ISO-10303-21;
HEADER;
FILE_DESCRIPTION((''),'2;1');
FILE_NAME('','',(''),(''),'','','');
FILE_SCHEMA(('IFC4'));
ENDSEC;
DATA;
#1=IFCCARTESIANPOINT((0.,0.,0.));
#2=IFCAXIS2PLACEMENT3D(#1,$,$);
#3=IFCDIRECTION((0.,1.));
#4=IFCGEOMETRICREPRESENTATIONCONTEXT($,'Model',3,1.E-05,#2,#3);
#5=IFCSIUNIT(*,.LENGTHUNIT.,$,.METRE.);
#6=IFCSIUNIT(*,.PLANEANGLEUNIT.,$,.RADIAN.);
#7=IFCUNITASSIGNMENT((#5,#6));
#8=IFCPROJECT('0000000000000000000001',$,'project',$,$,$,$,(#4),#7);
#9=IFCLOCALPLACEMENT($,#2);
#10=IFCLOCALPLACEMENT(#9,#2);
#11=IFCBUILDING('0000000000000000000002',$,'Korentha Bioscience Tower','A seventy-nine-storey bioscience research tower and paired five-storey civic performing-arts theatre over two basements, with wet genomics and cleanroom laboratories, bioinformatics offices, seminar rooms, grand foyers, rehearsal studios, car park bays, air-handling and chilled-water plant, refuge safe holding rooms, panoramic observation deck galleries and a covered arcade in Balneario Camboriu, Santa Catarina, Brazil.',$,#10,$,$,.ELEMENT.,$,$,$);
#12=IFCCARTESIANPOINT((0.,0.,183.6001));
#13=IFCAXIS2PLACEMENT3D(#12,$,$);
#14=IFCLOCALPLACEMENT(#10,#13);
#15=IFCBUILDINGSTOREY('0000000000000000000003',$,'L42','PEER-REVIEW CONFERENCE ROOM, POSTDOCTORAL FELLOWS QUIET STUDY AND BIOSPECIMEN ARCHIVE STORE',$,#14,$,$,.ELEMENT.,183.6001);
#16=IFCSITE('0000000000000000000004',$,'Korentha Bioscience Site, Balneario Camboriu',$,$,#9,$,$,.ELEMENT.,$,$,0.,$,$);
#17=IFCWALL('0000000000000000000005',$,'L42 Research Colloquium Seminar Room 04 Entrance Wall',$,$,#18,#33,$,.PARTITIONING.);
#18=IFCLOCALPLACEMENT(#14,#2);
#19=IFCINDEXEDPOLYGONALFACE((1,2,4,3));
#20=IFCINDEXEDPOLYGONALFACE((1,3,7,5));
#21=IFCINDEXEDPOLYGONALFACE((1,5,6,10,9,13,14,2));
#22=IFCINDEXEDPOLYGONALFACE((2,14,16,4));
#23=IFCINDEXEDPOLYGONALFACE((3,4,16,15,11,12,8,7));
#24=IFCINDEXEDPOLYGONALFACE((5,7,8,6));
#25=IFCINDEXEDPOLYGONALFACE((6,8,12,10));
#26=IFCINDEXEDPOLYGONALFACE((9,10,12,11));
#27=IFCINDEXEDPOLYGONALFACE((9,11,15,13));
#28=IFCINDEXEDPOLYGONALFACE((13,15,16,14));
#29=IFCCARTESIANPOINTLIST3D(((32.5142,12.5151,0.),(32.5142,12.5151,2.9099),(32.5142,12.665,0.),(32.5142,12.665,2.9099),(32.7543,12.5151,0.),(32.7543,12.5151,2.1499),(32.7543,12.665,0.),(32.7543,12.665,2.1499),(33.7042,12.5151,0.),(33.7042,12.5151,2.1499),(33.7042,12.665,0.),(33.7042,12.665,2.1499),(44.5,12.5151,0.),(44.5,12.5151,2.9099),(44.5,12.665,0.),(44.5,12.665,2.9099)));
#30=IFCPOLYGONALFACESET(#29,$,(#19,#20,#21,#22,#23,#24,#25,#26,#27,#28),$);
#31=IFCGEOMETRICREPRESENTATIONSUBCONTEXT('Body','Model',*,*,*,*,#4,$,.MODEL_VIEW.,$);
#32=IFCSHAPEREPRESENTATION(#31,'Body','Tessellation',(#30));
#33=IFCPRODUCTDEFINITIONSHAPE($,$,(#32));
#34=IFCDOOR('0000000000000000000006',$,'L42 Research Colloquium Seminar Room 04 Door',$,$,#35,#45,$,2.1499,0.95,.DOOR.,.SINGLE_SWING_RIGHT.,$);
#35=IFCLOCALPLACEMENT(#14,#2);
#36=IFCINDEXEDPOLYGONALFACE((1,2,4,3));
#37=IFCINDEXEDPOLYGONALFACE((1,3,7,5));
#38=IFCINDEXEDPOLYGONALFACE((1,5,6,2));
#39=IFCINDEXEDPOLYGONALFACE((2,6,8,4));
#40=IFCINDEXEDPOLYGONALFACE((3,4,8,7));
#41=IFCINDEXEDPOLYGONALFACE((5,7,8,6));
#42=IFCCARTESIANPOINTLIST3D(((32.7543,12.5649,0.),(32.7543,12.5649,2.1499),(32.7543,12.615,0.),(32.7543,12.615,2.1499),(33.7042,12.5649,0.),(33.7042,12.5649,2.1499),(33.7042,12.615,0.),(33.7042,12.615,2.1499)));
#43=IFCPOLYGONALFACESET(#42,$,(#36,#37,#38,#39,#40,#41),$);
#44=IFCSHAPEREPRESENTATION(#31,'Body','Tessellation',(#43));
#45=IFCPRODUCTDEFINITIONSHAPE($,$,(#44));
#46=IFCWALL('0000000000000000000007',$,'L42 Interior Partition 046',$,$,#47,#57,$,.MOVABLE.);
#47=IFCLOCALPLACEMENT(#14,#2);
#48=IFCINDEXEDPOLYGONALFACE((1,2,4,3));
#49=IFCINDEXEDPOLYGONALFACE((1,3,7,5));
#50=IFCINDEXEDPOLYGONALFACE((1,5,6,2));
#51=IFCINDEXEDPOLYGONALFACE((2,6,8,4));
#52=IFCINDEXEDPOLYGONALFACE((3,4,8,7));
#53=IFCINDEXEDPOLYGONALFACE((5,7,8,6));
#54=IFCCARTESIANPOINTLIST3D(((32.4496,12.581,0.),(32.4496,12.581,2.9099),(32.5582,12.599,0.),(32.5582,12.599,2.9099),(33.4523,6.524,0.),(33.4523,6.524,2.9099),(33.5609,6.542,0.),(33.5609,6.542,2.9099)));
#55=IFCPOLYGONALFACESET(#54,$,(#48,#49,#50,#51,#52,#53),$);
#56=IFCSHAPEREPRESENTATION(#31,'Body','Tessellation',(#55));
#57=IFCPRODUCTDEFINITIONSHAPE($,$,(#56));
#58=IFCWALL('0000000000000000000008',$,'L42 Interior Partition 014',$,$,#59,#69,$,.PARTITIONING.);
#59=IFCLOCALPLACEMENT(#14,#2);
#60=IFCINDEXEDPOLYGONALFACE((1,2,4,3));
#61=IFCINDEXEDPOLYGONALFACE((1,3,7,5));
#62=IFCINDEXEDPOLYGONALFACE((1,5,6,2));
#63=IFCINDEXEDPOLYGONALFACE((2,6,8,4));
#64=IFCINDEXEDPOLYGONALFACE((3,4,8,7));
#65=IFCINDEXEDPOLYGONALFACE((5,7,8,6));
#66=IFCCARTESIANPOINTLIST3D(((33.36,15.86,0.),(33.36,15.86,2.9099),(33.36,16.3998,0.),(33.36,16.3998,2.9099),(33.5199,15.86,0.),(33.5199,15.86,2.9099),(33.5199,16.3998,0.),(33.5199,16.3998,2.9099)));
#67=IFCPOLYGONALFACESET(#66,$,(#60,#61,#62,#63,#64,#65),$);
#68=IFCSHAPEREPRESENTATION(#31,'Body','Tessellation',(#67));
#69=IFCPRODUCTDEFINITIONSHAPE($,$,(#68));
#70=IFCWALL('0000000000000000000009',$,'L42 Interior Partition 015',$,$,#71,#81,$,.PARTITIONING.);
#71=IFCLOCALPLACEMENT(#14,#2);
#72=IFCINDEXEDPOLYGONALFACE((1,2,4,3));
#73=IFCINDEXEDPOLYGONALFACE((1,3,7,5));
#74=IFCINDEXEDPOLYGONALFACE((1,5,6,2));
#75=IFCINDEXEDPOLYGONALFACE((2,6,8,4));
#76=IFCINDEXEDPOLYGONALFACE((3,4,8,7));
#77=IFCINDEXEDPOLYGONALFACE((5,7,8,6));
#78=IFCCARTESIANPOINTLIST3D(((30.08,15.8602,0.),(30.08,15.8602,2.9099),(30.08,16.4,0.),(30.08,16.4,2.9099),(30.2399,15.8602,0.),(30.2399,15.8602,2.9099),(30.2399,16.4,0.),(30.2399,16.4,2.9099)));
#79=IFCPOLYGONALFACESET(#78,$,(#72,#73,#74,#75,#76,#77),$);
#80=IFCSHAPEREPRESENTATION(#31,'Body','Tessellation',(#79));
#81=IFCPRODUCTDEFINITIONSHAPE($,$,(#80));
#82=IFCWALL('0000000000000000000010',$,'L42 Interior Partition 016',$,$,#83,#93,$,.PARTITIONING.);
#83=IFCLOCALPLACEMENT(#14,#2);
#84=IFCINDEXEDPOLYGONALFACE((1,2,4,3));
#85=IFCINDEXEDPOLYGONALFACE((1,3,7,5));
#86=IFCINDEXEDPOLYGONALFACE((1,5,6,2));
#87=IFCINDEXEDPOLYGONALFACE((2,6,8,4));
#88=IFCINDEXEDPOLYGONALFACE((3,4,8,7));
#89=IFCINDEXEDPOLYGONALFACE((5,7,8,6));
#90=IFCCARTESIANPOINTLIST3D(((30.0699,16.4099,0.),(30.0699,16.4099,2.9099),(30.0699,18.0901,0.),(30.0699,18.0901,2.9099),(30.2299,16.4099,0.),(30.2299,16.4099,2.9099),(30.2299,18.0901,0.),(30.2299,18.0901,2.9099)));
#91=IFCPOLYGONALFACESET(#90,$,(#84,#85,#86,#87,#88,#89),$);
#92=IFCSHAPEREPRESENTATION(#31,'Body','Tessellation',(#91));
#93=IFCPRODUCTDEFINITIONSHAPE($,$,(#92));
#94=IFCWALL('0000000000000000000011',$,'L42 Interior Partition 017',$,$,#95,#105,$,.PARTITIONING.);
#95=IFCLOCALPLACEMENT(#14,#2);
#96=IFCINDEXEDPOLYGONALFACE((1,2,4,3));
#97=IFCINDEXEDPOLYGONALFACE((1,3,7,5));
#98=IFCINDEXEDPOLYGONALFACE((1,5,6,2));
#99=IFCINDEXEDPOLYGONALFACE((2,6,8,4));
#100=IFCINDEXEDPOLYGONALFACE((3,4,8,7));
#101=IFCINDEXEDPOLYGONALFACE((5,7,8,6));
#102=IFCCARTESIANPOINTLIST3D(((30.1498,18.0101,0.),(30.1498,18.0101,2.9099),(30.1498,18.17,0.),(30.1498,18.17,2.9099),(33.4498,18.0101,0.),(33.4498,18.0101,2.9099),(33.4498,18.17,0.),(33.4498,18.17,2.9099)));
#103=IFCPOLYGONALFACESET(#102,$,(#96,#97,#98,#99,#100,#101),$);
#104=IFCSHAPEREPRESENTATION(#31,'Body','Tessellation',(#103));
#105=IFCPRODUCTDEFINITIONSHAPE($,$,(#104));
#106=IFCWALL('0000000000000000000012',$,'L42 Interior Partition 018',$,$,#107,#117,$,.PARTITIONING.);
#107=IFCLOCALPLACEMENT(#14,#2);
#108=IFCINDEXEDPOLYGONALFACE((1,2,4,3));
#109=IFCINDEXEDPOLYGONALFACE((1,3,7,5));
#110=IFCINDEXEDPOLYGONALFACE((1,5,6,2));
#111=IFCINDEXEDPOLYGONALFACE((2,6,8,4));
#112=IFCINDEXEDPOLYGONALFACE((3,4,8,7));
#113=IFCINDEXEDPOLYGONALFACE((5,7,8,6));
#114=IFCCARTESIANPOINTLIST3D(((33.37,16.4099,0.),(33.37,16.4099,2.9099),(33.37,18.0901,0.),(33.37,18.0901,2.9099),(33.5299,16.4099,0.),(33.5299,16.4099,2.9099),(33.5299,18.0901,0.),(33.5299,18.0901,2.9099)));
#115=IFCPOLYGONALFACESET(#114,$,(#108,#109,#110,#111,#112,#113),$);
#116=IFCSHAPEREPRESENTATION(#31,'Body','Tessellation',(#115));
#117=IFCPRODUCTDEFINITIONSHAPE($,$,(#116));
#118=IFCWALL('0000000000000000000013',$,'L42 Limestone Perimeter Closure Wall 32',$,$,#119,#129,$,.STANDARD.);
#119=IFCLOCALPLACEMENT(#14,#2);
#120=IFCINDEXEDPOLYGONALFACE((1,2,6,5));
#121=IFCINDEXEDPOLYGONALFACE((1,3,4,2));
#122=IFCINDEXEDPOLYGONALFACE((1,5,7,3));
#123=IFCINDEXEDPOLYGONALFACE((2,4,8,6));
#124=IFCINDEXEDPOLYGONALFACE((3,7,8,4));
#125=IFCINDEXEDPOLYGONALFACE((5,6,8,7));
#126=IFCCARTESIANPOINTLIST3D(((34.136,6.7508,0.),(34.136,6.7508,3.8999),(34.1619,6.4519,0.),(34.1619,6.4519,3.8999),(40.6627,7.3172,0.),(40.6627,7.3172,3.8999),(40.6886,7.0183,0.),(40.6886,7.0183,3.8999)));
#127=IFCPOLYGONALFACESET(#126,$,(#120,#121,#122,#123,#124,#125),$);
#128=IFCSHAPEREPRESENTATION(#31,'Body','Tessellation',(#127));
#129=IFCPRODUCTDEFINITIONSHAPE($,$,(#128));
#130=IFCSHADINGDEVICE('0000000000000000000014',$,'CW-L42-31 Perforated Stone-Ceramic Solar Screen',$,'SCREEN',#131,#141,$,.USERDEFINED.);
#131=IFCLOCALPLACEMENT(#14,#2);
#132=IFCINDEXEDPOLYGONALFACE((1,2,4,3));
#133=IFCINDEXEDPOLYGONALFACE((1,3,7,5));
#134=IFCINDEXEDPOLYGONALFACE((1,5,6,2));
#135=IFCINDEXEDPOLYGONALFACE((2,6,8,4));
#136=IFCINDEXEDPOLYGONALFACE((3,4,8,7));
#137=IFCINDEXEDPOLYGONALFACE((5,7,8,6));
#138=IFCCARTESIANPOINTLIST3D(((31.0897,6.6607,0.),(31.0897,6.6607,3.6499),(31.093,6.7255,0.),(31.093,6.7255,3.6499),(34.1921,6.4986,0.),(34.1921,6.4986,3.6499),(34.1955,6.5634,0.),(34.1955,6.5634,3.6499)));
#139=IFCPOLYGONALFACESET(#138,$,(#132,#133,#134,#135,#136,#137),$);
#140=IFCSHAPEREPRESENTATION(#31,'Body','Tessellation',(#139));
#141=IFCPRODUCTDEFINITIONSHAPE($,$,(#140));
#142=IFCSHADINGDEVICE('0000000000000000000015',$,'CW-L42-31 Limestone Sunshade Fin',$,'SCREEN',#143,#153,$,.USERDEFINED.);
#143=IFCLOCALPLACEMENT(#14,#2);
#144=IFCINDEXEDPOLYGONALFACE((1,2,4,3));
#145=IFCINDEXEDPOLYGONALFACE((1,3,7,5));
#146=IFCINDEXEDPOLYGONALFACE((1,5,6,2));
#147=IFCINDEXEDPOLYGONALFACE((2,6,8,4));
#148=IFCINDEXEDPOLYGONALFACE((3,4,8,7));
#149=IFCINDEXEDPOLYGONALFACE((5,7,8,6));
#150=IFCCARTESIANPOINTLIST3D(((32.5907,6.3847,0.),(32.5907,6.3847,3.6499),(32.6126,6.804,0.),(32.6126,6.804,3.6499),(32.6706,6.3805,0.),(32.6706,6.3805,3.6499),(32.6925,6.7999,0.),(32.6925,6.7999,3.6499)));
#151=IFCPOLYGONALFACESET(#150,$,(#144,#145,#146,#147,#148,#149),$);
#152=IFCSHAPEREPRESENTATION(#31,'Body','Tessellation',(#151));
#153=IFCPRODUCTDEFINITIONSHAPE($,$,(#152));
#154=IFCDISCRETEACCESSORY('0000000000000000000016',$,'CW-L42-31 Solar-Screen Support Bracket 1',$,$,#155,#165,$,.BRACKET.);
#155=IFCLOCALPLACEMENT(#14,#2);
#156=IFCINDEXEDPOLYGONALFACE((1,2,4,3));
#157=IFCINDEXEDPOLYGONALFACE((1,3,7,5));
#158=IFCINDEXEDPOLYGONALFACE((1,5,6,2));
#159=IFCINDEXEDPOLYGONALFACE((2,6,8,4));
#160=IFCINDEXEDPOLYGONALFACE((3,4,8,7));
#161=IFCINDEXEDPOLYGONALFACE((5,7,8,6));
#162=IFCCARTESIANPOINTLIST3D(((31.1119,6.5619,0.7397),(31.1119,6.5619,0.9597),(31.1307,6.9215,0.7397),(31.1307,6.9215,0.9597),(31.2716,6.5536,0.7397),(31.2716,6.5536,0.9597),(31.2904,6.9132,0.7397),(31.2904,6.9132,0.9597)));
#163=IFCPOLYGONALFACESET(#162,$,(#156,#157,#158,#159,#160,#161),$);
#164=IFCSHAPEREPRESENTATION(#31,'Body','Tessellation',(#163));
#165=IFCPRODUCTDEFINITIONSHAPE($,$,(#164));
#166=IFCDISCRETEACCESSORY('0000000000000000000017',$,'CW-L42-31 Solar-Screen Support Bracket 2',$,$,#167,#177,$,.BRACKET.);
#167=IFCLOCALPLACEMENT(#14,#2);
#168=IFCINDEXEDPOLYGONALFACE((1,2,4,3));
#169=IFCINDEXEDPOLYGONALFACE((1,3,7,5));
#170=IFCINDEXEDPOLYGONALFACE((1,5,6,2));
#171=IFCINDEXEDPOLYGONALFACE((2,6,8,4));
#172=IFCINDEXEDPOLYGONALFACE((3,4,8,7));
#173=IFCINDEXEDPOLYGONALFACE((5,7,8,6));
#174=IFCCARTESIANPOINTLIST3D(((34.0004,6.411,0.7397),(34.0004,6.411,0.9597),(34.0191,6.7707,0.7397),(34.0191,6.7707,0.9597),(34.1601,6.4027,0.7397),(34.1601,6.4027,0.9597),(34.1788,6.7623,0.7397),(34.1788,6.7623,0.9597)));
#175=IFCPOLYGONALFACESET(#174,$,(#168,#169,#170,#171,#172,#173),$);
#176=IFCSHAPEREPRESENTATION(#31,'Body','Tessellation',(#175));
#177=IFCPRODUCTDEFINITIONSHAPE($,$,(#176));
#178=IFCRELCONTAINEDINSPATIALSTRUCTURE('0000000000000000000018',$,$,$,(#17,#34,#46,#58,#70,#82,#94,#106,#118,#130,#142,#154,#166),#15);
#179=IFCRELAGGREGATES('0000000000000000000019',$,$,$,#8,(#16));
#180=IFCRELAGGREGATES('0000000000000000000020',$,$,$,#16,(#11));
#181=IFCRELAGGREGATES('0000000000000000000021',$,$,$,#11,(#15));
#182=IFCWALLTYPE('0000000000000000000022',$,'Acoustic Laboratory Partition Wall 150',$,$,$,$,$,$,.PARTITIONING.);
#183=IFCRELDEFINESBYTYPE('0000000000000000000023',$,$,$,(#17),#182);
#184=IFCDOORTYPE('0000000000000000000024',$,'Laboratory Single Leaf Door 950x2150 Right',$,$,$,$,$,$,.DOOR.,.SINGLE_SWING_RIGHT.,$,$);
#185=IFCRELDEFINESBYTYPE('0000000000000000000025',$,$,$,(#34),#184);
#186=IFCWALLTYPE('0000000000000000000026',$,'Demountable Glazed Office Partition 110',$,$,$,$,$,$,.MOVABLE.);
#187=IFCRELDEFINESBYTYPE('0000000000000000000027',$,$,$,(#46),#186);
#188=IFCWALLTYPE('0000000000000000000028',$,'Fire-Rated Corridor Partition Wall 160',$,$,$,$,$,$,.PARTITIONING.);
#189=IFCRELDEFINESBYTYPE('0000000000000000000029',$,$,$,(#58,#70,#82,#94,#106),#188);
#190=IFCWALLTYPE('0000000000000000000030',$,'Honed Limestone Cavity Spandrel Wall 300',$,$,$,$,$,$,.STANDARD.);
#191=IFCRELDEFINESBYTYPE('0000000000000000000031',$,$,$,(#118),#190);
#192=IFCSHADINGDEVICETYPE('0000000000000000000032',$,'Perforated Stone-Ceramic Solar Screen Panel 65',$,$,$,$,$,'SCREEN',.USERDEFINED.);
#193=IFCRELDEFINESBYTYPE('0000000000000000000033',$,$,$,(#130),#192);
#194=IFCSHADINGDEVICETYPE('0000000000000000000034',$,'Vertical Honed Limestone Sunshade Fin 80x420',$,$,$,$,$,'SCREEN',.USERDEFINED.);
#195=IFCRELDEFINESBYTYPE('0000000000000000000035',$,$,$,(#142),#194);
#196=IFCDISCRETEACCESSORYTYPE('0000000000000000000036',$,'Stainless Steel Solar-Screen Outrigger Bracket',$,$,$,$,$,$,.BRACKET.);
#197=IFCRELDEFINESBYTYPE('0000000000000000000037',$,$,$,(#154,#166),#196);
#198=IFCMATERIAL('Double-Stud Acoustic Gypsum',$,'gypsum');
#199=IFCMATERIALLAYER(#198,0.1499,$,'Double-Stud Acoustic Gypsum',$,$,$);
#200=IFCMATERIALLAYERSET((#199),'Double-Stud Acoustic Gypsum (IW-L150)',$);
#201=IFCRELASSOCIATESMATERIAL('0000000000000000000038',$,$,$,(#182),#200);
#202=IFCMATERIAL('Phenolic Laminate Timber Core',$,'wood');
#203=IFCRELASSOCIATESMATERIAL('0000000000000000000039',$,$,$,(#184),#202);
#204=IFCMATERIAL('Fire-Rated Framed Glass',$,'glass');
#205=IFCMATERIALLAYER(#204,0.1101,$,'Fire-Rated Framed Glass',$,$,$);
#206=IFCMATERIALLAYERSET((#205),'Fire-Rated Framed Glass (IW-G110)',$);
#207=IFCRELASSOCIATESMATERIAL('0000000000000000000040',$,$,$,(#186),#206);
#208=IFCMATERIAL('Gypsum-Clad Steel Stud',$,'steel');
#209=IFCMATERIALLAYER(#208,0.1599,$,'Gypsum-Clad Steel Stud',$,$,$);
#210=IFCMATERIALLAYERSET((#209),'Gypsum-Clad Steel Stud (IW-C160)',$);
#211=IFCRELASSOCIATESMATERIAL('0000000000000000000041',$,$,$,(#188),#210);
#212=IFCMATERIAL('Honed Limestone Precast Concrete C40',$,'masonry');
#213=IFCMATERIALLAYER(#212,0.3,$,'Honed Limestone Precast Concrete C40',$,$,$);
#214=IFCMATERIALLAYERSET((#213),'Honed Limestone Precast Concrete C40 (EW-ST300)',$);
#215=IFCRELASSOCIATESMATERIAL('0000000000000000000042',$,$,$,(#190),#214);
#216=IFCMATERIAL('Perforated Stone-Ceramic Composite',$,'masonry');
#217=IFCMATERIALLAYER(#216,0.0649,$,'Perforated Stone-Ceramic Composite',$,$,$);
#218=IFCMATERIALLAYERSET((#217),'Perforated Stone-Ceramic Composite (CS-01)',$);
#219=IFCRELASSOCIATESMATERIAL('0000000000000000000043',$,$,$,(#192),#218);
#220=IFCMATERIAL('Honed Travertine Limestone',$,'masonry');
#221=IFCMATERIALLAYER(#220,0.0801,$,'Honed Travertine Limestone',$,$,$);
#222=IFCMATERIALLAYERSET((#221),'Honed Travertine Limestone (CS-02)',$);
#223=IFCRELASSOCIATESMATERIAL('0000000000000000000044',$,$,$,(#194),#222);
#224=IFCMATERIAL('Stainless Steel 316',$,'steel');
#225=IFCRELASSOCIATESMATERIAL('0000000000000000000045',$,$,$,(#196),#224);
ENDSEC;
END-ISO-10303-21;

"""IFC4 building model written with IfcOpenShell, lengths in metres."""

from ifc_helpers import new_model, si_unit, direction, frame, frame_2d, origin, origin_2d, place, context, subcontext, project, spatial, rectangle, extrude, material, layer, layer_set, type_object, element, fill, save


model = new_model("IFC4")

# Units and contexts
model_context = context("Model", 3, precision=1e-05, world=origin(), true_north=direction((0.0, 1.0)))
body_context = subcontext(model_context, "Body", "Model", "MODEL_VIEW")
ifc_project = project(units=[si_unit("LENGTHUNIT", "METRE"), si_unit("PLANEANGLEUNIT", "RADIAN")], contexts=[model_context])

# Site, building, storey
site_placement = place(None, origin())
site = spatial("IfcSite", under=ifc_project, at=site_placement, Name="Korentha Bioscience Site, Balneario Camboriu", CompositionType="ELEMENT", RefElevation=0.0)
building_placement = place(site_placement, origin())
building = spatial("IfcBuilding", under=site, at=building_placement, Name="Korentha Bioscience Tower", Description="A seventy-nine-storey bioscience research tower and paired five-storey civic performing-arts theatre over two basements, with wet genomics and cleanroom laboratories, bioinformatics offices, seminar rooms, grand foyers, rehearsal studios, car park bays, air-handling and chilled-water plant, refuge safe holding rooms, panoramic observation deck galleries and a covered arcade in Balneario Camboriu, Santa Catarina, Brazil.", CompositionType="ELEMENT")
storey_placement = place(building_placement, frame((0.0, 0.0, 183.6001)))
storey = spatial("IfcBuildingStorey", under=building, at=storey_placement, Name="L42", Description="PEER-REVIEW CONFERENCE ROOM, POSTDOCTORAL FELLOWS QUIET STUDY AND BIOSPECIMEN ARCHIVE STORE", CompositionType="ELEMENT", Elevation=183.6001)

# Wall, opening, door
ifc_material_1 = material(Name="Double-Stud Acoustic Gypsum", Category="gypsum")
ifc_layer_1 = layer(ifc_material_1, 0.1499, Name="Double-Stud Acoustic Gypsum")
ifc_layer_set_1 = layer_set([ifc_layer_1], Name="Double-Stud Acoustic Gypsum (IW-L150)")
wall_type_1 = type_object("IfcWallType", Name="Acoustic Laboratory Partition Wall 150", PredefinedType="PARTITIONING", material=ifc_layer_set_1)
wall_1_placement = place(storey_placement, frame((32.5142, 12.5901, 0.0), z_axis=(0.0, 0.0, 1.0), x_axis=(1.0, 0.0, 0.0)))
wall_1 = element("IfcWall", 1, at=wall_1_placement, inside=storey, type_object=wall_type_1, Name="L42 Research Colloquium Seminar Room 04 Entrance Wall", PredefinedType="PARTITIONING", context=body_context, shape_type="SweptSolid", body=[
    extrude(rectangle(XDim=11.9858, YDim=0.1499, at=frame_2d((5.9929, 0.0))), origin(), (0.0, 0.0, 1.0), 2.9099),
])
opening_1_placement = place(wall_1_placement, frame((0.24, 0.0, 0.0)))
opening_1 = element("IfcOpeningElement", 2, at=opening_1_placement, cuts=wall_1, PredefinedType="OPENING", context=body_context, shape_type="SweptSolid", body=[
    extrude(rectangle(XDim=0.95, YDim=2.1499, at=frame_2d((0.4751, 1.075))), frame((0.0, 0.0898, 0.0), z_axis=(0.0, -1.0, 0.0), x_axis=(1.0, 0.0, 0.0)), (0.0, 0.0, 1.0), 0.1797),
])
ifc_material_2 = material(Name="Phenolic Laminate Timber Core", Category="wood")
door_type_1 = type_object("IfcDoorType", Name="Laboratory Single Leaf Door 950x2150 Right", OperationType="SINGLE_SWING_RIGHT", PredefinedType="DOOR", material=ifc_material_2)
door_1_placement = place(opening_1_placement, origin())
door_1 = element("IfcDoor", 3, at=door_1_placement, inside=storey, type_object=door_type_1, Name="L42 Research Colloquium Seminar Room 04 Door", OperationType="SINGLE_SWING_RIGHT", OverallHeight=2.1499, OverallWidth=0.95, PredefinedType="DOOR", context=body_context, shape_type="SweptSolid", body=[
    extrude(rectangle(XDim=0.95, YDim=2.1499, at=frame_2d((0.4751, 1.075))), frame((0.0, 0.0249, 0.0), z_axis=(0.0, -1.0, 0.0), x_axis=(1.0, 0.0, 0.0)), (0.0, 0.0, 1.0), 0.05),
])
fill(opening_1, door_1)

# Wall
ifc_material_3 = material(Name="Fire-Rated Framed Glass", Category="glass")
ifc_layer_2 = layer(ifc_material_3, 0.1101, Name="Fire-Rated Framed Glass")
ifc_layer_set_2 = layer_set([ifc_layer_2], Name="Fire-Rated Framed Glass (IW-G110)")
wall_type_2 = type_object("IfcWallType", Name="Demountable Glazed Office Partition 110", PredefinedType="MOVABLE", material=ifc_layer_set_2)
wall_2_placement = place(storey_placement, frame((32.5039, 12.5901, 0.0), z_axis=(0.0, 0.0, 1.0), x_axis=(0.163322, -0.986573, 0.0)))
element("IfcWall", 4, at=wall_2_placement, inside=storey, type_object=wall_type_2, Name="L42 Interior Partition 046", PredefinedType="MOVABLE", context=body_context, shape_type="SweptSolid", body=[
    extrude(rectangle(XDim=6.1394, YDim=0.1101, at=frame_2d((3.0698, 0.0))), origin(), (0.0, 0.0, 1.0), 2.9099),
])

# Shared definitions
ifc_material_4 = material(Name="Gypsum-Clad Steel Stud", Category="steel")
ifc_layer_3 = layer(ifc_material_4, 0.1599, Name="Gypsum-Clad Steel Stud")
ifc_layer_set_3 = layer_set([ifc_layer_3], Name="Gypsum-Clad Steel Stud (IW-C160)")
wall_type_3 = type_object("IfcWallType", Name="Fire-Rated Corridor Partition Wall 160", PredefinedType="PARTITIONING", material=ifc_layer_set_3)

# Walls
for number, where, z_axis, x_axis, name in (
    (5, (33.4399, 16.3999, 0.0), (0.0, 0.0, 1.0), (0.0, -1.0, 0.0), "L42 Interior Partition 014"),
    (6, (30.1599, 15.8601, 0.0), (0.0, 0.0, 1.0), (0.0, 1.0, 0.0), "L42 Interior Partition 015"),
):
    element("IfcWall", number, at=place(storey_placement, frame(where, z_axis=z_axis, x_axis=x_axis)), inside=storey, type_object=wall_type_3, Name=name, PredefinedType="PARTITIONING", context=body_context, shape_type="SweptSolid", body=[
        extrude(rectangle(XDim=0.5398, YDim=0.1599, at=frame_2d((0.27, 0.0))), origin(), (0.0, 0.0, 1.0), 2.9099),
    ])
wall_3_placement = place(storey_placement, frame((30.1499, 16.4099, 0.0), z_axis=(0.0, 0.0, 1.0), x_axis=(0.0, 1.0, 0.0)))
element("IfcWall", 7, at=wall_3_placement, inside=storey, type_object=wall_type_3, Name="L42 Interior Partition 016", PredefinedType="PARTITIONING", context=body_context, shape_type="SweptSolid", body=[
    extrude(rectangle(XDim=1.6802, YDim=0.1599, at=frame_2d((0.8401, 0.0))), origin(), (0.0, 0.0, 1.0), 2.9099),
])
wall_4_placement = place(storey_placement, frame((30.1499, 18.0901, 0.0), z_axis=(0.0, 0.0, 1.0), x_axis=(1.0, 0.0, 0.0)))
element("IfcWall", 8, at=wall_4_placement, inside=storey, type_object=wall_type_3, Name="L42 Interior Partition 017", PredefinedType="PARTITIONING", context=body_context, shape_type="SweptSolid", body=[
    extrude(rectangle(XDim=3.3, YDim=0.1599, at=frame_2d((1.6499, 0.0))), origin(), (0.0, 0.0, 1.0), 2.9099),
])
wall_5_placement = place(storey_placement, frame((33.45, 18.0901, 0.0), z_axis=(0.0, 0.0, 1.0), x_axis=(0.0, -1.0, 0.0)))
element("IfcWall", 9, at=wall_5_placement, inside=storey, type_object=wall_type_3, Name="L42 Interior Partition 018", PredefinedType="PARTITIONING", context=body_context, shape_type="SweptSolid", body=[
    extrude(rectangle(XDim=1.6802, YDim=0.1599, at=frame_2d((0.8401, 0.0))), origin(), (0.0, 0.0, 1.0), 2.9099),
])
ifc_material_5 = material(Name="Honed Limestone Precast Concrete C40", Category="masonry")
ifc_layer_4 = layer(ifc_material_5, 0.3, Name="Honed Limestone Precast Concrete C40")
ifc_layer_set_4 = layer_set([ifc_layer_4], Name="Honed Limestone Precast Concrete C40 (EW-ST300)")
wall_type_4 = type_object("IfcWallType", Name="Honed Limestone Cavity Spandrel Wall 300", PredefinedType="STANDARD", material=ifc_layer_set_4)
wall_6_placement = place(storey_placement, frame((34.1489, 6.6013, 0.0), z_axis=(0.0, 0.0, 1.0), x_axis=(0.996256, 0.086456, 0.0)))
element("IfcWall", 10, at=wall_6_placement, inside=storey, type_object=wall_type_4, Name="L42 Limestone Perimeter Closure Wall 32", PredefinedType="STANDARD", context=body_context, shape_type="SweptSolid", body=[
    extrude(rectangle(XDim=6.5513, YDim=0.3, at=frame_2d((3.2756, 0.0))), origin(), (0.0, 0.0, 1.0), 3.8999),
])

# Shading devices
ifc_material_6 = material(Name="Perforated Stone-Ceramic Composite", Category="masonry")
ifc_layer_5 = layer(ifc_material_6, 0.0649, Name="Perforated Stone-Ceramic Composite")
ifc_layer_set_5 = layer_set([ifc_layer_5], Name="Perforated Stone-Ceramic Composite (CS-01)")
shading_device_type_1 = type_object("IfcShadingDeviceType", Name="Perforated Stone-Ceramic Solar Screen Panel 65", ElementType="SCREEN", PredefinedType="USERDEFINED", material=ifc_layer_set_5)
shading_device_1_placement = place(storey_placement, frame((32.6426, 6.6121, 0.0), z_axis=(0.0, 0.0, 1.0), x_axis=(0.998638, -0.05218, 0.0)))
element("IfcShadingDevice", 11, at=shading_device_1_placement, inside=storey, type_object=shading_device_type_1, Name="CW-L42-31 Perforated Stone-Ceramic Solar Screen", ObjectType="SCREEN", PredefinedType="USERDEFINED", context=body_context, shape_type="SweptSolid", body=[
    extrude(rectangle(XDim=3.1067, YDim=0.0649, at=origin_2d()), origin(), (0.0, 0.0, 1.0), 3.6499),
])
ifc_material_7 = material(Name="Honed Travertine Limestone", Category="masonry")
ifc_layer_6 = layer(ifc_material_7, 0.0801, Name="Honed Travertine Limestone")
ifc_layer_set_6 = layer_set([ifc_layer_6], Name="Honed Travertine Limestone (CS-02)")
shading_device_type_2 = type_object("IfcShadingDeviceType", Name="Vertical Honed Limestone Sunshade Fin 80x420", ElementType="SCREEN", PredefinedType="USERDEFINED", material=ifc_layer_set_6)
shading_device_2_placement = place(storey_placement, frame((32.6416, 6.5923, 0.0), z_axis=(0.0, 0.0, 1.0), x_axis=(0.998638, -0.05218, 0.0)))
element("IfcShadingDevice", 12, at=shading_device_2_placement, inside=storey, type_object=shading_device_type_2, Name="CW-L42-31 Limestone Sunshade Fin", ObjectType="SCREEN", PredefinedType="USERDEFINED", context=body_context, shape_type="SweptSolid", body=[
    extrude(rectangle(XDim=0.0801, YDim=0.4199, at=origin_2d()), origin(), (0.0, 0.0, 1.0), 3.6499),
])

# Discrete accessories
ifc_material_8 = material(Name="Stainless Steel 316", Category="steel")
discrete_accessory_type = type_object("IfcDiscreteAccessoryType", Name="Stainless Steel Solar-Screen Outrigger Bracket", PredefinedType="BRACKET", material=ifc_material_8)
for number, where, z_axis, x_axis, name in (
    (13, (31.2012, 6.7375, 0.7397), (0.0, 0.0, 1.0), (0.998638, -0.05218, 0.0), "CW-L42-31 Solar-Screen Support Bracket 1"),
    (14, (34.0896, 6.5867, 0.7397), (0.0, 0.0, 1.0), (0.998638, -0.05218, 0.0), "CW-L42-31 Solar-Screen Support Bracket 2"),
):
    element("IfcDiscreteAccessory", number, at=place(storey_placement, frame(where, z_axis=z_axis, x_axis=x_axis)), inside=storey, type_object=discrete_accessory_type, Name=name, PredefinedType="BRACKET", context=body_context, shape_type="SweptSolid", body=[
        extrude(rectangle(XDim=0.1599, YDim=0.3601, at=origin_2d()), origin(), (0.0, 0.0, 1.0), 0.22),
    ])

save(model, "model.ifc")
